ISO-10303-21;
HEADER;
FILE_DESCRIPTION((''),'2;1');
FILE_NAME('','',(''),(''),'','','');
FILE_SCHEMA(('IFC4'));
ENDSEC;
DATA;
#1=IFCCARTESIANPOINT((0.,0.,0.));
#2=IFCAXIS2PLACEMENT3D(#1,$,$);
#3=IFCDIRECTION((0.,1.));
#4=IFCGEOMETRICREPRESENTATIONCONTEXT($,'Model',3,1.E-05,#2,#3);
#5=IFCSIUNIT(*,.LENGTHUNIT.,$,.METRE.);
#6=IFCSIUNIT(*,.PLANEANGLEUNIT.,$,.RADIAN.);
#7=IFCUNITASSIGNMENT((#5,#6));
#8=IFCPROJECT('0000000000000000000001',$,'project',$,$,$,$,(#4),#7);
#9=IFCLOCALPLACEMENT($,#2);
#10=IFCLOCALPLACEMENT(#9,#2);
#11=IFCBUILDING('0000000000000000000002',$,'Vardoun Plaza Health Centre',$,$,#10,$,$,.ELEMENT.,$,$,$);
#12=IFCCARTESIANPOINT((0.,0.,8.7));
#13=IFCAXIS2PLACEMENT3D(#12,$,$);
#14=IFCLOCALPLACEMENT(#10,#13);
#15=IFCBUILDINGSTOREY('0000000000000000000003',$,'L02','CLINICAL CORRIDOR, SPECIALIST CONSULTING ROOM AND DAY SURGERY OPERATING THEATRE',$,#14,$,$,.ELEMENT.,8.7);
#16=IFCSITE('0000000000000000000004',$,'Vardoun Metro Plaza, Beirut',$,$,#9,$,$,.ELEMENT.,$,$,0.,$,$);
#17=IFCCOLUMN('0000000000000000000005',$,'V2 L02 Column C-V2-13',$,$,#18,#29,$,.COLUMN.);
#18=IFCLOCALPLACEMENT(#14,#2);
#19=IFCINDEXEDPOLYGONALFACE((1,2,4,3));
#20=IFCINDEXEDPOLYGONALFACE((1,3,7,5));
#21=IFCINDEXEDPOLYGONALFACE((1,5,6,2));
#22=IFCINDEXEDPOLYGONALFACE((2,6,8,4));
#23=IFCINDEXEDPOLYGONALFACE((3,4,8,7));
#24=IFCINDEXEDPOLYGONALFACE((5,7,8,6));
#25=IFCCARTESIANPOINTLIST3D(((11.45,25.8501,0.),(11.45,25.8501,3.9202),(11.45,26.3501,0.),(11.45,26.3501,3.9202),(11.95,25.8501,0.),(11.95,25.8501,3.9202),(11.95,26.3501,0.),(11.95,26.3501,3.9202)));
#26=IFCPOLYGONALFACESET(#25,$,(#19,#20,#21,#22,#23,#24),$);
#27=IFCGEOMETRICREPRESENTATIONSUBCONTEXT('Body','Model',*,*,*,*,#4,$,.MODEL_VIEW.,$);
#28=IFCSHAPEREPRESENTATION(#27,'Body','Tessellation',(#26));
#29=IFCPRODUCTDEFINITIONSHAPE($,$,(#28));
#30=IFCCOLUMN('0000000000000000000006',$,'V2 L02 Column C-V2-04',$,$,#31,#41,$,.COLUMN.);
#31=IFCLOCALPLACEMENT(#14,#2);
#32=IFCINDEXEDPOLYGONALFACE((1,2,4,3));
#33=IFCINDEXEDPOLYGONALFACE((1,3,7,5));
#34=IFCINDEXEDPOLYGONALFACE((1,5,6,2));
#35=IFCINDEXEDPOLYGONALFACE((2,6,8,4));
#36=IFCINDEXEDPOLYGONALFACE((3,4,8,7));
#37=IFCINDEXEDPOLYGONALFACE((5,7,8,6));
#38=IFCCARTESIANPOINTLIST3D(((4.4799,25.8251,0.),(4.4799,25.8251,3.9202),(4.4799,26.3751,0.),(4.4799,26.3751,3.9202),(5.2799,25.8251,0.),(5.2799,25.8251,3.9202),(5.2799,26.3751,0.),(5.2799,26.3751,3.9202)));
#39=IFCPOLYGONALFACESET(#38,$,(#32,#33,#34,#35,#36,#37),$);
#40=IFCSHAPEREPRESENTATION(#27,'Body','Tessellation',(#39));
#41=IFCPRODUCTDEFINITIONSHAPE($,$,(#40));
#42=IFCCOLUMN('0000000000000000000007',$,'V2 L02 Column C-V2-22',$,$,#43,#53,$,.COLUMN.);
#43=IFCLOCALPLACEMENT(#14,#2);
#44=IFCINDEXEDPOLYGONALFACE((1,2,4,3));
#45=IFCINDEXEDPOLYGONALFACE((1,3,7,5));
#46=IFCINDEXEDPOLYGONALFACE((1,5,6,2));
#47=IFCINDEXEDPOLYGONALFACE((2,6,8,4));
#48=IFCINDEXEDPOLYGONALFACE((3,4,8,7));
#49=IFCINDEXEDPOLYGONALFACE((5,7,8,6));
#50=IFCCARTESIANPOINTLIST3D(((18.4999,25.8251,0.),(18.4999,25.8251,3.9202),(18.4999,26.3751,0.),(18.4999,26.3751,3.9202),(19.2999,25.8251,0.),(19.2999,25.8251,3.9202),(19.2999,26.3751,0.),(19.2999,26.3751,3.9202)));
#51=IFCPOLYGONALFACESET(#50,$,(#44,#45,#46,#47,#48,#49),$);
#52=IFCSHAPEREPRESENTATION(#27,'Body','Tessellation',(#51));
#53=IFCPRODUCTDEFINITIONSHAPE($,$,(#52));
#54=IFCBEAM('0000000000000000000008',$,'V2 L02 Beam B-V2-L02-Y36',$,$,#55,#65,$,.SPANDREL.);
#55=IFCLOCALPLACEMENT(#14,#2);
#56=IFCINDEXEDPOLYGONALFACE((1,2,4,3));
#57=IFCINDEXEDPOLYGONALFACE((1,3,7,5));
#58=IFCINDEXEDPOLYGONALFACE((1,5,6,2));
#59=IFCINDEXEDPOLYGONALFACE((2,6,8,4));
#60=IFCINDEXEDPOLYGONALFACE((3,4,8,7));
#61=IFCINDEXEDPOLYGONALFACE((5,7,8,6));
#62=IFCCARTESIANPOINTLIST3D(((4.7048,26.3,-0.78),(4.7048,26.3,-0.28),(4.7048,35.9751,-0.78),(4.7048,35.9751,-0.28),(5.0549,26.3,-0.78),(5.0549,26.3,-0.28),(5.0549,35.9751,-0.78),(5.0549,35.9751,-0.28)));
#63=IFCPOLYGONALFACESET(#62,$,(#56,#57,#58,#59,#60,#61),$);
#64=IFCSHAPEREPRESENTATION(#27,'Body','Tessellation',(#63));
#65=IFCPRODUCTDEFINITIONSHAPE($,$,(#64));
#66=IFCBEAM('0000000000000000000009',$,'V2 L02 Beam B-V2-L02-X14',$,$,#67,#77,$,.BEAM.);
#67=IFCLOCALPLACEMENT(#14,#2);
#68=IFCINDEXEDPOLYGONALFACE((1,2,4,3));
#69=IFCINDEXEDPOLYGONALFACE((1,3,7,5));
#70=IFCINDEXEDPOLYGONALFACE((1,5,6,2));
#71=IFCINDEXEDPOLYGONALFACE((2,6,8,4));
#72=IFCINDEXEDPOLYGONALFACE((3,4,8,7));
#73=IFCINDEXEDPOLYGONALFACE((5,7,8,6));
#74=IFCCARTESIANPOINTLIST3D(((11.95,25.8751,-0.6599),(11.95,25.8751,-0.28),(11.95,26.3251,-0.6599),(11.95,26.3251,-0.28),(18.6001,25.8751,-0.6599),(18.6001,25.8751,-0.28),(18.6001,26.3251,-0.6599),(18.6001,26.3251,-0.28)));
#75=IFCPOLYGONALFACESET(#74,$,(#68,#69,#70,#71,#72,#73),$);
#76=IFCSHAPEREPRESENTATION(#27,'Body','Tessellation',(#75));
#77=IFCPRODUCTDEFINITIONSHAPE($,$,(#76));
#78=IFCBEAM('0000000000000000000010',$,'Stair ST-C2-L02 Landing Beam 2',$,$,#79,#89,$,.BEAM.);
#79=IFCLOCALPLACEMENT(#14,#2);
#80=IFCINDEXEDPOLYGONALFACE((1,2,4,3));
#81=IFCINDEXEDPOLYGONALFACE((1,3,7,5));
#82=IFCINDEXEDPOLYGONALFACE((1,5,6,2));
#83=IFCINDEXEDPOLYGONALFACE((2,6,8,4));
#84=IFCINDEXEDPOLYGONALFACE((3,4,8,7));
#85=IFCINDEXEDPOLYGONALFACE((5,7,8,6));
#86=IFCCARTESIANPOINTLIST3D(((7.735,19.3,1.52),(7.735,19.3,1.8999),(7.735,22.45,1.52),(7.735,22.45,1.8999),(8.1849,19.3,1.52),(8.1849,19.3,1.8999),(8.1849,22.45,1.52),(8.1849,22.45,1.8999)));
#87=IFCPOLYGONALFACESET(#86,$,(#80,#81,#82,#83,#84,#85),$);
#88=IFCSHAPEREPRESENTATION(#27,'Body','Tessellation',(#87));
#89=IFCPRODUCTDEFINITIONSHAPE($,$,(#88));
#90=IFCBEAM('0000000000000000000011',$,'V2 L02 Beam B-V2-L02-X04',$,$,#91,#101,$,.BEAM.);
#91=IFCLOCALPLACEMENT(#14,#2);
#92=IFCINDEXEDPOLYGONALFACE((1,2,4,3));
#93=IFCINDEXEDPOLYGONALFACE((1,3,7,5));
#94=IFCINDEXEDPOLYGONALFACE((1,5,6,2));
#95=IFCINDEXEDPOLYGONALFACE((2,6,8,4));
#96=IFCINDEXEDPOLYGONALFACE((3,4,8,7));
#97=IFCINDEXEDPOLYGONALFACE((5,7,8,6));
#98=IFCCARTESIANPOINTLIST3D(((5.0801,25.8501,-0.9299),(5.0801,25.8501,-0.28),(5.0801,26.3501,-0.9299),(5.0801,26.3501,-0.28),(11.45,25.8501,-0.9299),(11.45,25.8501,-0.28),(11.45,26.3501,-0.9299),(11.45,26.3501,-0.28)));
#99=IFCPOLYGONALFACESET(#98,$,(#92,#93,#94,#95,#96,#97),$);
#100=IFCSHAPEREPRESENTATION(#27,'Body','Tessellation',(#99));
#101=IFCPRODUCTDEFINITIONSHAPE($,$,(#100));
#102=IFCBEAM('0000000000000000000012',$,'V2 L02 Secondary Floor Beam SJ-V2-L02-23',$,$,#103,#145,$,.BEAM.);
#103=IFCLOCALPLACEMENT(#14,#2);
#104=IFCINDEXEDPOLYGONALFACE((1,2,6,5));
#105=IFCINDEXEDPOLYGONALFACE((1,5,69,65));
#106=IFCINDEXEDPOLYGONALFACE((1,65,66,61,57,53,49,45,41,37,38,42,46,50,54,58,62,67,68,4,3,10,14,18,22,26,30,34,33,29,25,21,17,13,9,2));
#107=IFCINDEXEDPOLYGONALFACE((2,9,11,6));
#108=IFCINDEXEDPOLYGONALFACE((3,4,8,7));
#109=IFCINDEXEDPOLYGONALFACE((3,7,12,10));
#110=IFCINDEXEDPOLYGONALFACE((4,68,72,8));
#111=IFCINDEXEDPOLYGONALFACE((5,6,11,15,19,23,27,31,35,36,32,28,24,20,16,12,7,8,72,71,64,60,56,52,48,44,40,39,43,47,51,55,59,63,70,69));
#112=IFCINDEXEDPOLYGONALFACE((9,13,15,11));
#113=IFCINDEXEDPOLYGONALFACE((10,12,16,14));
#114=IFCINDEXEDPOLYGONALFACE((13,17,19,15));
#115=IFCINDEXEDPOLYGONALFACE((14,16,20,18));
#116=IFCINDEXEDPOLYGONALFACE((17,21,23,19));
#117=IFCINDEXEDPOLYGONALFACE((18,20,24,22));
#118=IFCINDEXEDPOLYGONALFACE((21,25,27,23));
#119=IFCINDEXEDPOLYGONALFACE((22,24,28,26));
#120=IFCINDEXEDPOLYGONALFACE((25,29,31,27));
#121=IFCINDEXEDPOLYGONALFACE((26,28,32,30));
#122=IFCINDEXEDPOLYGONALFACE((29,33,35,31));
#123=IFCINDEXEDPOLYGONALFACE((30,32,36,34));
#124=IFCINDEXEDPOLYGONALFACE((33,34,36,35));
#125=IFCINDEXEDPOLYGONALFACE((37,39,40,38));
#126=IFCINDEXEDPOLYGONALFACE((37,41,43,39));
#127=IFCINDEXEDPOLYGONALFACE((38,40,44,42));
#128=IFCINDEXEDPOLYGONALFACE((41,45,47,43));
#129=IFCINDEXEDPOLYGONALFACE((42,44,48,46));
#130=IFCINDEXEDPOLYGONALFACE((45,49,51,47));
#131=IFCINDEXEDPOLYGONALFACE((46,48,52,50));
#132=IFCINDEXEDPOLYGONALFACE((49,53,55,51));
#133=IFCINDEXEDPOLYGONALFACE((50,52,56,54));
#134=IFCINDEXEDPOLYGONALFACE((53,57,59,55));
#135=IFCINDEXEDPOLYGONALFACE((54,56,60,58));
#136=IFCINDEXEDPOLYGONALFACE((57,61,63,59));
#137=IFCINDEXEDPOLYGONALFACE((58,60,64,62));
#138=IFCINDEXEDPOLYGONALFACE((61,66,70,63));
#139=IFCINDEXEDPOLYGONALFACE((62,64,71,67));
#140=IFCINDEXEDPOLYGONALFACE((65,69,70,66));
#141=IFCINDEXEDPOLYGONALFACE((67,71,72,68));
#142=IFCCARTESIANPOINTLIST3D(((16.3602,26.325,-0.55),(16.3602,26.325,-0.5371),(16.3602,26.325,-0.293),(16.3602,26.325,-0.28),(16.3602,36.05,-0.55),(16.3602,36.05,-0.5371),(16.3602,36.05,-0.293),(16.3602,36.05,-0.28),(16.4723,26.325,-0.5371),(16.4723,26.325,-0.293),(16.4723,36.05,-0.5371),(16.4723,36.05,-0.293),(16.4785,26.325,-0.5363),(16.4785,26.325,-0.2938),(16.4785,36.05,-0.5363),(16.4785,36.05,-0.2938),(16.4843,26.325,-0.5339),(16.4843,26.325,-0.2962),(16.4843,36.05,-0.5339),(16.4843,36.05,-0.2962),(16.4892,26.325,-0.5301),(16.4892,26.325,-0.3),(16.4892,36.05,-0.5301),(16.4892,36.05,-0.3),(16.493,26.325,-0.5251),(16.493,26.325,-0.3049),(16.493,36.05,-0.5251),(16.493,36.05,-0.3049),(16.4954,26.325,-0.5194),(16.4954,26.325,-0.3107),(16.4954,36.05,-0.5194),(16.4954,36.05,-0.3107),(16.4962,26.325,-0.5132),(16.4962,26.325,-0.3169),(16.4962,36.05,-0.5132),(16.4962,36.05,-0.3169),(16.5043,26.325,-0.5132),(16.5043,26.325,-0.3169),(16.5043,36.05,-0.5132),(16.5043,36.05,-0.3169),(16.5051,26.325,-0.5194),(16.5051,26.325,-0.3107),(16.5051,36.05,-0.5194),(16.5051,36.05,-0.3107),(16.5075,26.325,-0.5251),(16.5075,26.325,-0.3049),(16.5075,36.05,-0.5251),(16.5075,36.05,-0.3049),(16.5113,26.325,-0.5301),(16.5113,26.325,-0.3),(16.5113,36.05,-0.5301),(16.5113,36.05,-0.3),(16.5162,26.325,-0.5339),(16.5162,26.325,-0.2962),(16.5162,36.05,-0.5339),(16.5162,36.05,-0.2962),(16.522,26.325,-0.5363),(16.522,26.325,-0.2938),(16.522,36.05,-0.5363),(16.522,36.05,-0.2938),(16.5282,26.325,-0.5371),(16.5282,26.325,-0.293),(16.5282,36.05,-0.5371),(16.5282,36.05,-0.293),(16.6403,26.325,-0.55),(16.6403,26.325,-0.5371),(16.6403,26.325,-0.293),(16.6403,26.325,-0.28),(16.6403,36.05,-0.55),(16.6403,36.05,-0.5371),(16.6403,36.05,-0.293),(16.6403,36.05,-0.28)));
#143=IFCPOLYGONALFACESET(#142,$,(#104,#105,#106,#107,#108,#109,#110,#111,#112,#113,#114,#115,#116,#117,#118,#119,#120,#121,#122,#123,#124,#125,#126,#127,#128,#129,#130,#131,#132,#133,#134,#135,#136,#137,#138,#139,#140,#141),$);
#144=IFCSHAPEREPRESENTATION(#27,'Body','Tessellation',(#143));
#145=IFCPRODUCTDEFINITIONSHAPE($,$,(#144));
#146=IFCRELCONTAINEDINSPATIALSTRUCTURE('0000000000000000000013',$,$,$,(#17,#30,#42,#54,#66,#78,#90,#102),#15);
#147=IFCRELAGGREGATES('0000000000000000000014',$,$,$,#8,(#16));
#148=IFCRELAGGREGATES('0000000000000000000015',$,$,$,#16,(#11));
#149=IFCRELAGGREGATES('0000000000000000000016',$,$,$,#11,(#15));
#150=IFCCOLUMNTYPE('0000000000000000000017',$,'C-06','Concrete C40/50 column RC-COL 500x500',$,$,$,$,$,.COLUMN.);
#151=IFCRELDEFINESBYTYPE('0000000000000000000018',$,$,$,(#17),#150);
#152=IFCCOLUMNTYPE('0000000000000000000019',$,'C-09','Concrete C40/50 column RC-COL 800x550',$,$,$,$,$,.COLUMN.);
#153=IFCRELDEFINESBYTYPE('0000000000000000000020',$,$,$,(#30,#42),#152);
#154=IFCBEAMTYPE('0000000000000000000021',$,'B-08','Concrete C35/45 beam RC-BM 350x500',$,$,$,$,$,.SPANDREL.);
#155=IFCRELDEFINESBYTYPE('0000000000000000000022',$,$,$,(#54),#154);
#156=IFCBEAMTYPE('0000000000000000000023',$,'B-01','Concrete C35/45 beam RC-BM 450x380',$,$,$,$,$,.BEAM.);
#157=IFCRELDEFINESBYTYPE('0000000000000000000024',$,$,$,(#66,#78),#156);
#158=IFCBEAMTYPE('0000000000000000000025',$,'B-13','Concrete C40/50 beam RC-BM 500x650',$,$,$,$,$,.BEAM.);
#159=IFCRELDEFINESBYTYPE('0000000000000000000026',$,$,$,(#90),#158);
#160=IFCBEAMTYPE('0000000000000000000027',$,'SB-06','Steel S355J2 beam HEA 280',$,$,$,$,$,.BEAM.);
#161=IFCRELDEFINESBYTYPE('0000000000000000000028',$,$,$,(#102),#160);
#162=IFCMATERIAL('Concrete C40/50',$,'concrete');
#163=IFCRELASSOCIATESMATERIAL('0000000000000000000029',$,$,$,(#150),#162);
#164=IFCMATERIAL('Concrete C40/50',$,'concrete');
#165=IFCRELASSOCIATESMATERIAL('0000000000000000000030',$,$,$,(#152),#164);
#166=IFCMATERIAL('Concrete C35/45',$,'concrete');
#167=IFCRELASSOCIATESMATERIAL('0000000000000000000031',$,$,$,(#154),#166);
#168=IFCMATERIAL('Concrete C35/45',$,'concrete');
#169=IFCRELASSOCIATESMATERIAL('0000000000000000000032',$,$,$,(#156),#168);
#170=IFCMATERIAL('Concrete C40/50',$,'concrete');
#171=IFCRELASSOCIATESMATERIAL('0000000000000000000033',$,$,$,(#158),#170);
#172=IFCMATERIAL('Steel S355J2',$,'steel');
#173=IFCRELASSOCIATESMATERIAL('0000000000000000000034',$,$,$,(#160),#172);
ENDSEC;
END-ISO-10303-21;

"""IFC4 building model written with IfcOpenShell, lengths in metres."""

from ifc_helpers import new_model, si_unit, direction, frame, origin, origin_2d, place, context, subcontext, project, spatial, rectangle, i_section, extrude, material, material_profile, profile_set, type_object, element, save


model = new_model("IFC4")

# Units and contexts
model_context = context("Model", 3, precision=1e-05, world=origin(), true_north=direction((0.0, 1.0)))
body_context = subcontext(model_context, "Body", "Model", "MODEL_VIEW")
ifc_project = project(units=[si_unit("LENGTHUNIT", "METRE"), si_unit("PLANEANGLEUNIT", "RADIAN")], contexts=[model_context])

# Site, building, storey
site_placement = place(None, origin())
site = spatial("IfcSite", under=ifc_project, at=site_placement, Name="Vardoun Metro Plaza, Beirut", CompositionType="ELEMENT", RefElevation=0.0)
building_placement = place(site_placement, origin())
building = spatial("IfcBuilding", under=site, at=building_placement, Name="Vardoun Plaza Health Centre", CompositionType="ELEMENT")
storey_placement = place(building_placement, frame((0.0, 0.0, 8.7)))
storey = spatial("IfcBuildingStorey", under=building, at=storey_placement, Name="L02", Description="CLINICAL CORRIDOR, SPECIALIST CONSULTING ROOM AND DAY SURGERY OPERATING THEATRE", CompositionType="ELEMENT", Elevation=8.7)

# Columns
ifc_material_1 = material(Name="Concrete C40/50", Category="concrete")
ifc_material_profile_1 = material_profile(ifc_material_1, rectangle(XDim=0.5, YDim=0.5, at=origin_2d()), Name="RC-COL 500x500")
ifc_profile_set_1 = profile_set([ifc_material_profile_1], Name="Concrete C40/50")
column_type_1 = type_object("IfcColumnType", Name="C-06", Description="Concrete C40/50 column RC-COL 500x500", PredefinedType="COLUMN", material=ifc_profile_set_1)
column_placement = place(storey_placement, frame((11.7, 26.1001, 0.0), z_axis=(0.0, 0.0, 1.0), x_axis=(1.0, 0.0, 0.0)))
element("IfcColumn", 1, at=column_placement, inside=storey, type_object=column_type_1, Name="V2 L02 Column C-V2-13", PredefinedType="COLUMN", context=body_context, shape_type="SweptSolid", body=[
    extrude(rectangle(XDim=0.5, YDim=0.5, at=origin_2d()), origin(), (0.0, 0.0, 1.0), 3.9202),
])
ifc_material_2 = material(Name="Concrete C40/50", Category="concrete")
ifc_material_profile_2 = material_profile(ifc_material_2, rectangle(XDim=0.8, YDim=0.55, at=origin_2d()), Name="RC-COL 800x550")
ifc_profile_set_2 = profile_set([ifc_material_profile_2], Name="Concrete C40/50")
column_type_2 = type_object("IfcColumnType", Name="C-09", Description="Concrete C40/50 column RC-COL 800x550", PredefinedType="COLUMN", material=ifc_profile_set_2)
for number, where, z_axis, x_axis, name in (
    (2, (4.8799, 26.1001, 0.0), (0.0, 0.0, 1.0), (1.0, 0.0, 0.0), "V2 L02 Column C-V2-04"),
    (3, (18.8999, 26.1001, 0.0), (0.0, 0.0, 1.0), (1.0, 0.0, 0.0), "V2 L02 Column C-V2-22"),
):
    element("IfcColumn", number, at=place(storey_placement, frame(where, z_axis=z_axis, x_axis=x_axis)), inside=storey, type_object=column_type_2, Name=name, PredefinedType="COLUMN", context=body_context, shape_type="SweptSolid", body=[
        extrude(rectangle(XDim=0.8, YDim=0.55, at=origin_2d()), origin(), (0.0, 0.0, 1.0), 3.9202),
    ])

# Beams
ifc_material_3 = material(Name="Concrete C35/45", Category="concrete")
ifc_material_profile_3 = material_profile(ifc_material_3, rectangle(XDim=0.3501, YDim=0.5, at=origin_2d()), Name="RC-BM 350x500")
ifc_profile_set_3 = profile_set([ifc_material_profile_3], Name="Concrete C35/45")
beam_type_1 = type_object("IfcBeamType", Name="B-08", Description="Concrete C35/45 beam RC-BM 350x500", PredefinedType="SPANDREL", material=ifc_profile_set_3)
beam_1_placement = place(storey_placement, frame((4.8799, 26.3, -0.53), z_axis=(0.0, 1.0, 0.0), x_axis=(-1.0, 0.0, 0.0)))
element("IfcBeam", 4, at=beam_1_placement, inside=storey, type_object=beam_type_1, Name="V2 L02 Beam B-V2-L02-Y36", PredefinedType="SPANDREL", context=body_context, shape_type="SweptSolid", body=[
    extrude(rectangle(XDim=0.3501, YDim=0.5, at=origin_2d()), origin(), (0.0, 0.0, 1.0), 9.675),
])
ifc_material_4 = material(Name="Concrete C35/45", Category="concrete")
ifc_material_profile_4 = material_profile(ifc_material_4, rectangle(XDim=0.45, YDim=0.3799, at=origin_2d()), Name="RC-BM 450x380")
ifc_profile_set_4 = profile_set([ifc_material_profile_4], Name="Concrete C35/45")
beam_type_2 = type_object("IfcBeamType", Name="B-01", Description="Concrete C35/45 beam RC-BM 450x380", PredefinedType="BEAM", material=ifc_profile_set_4)
beam_2_placement = place(storey_placement, frame((11.95, 26.1001, -0.47), z_axis=(1.0, 0.0, 0.0), x_axis=(0.0, 1.0, 0.0)))
element("IfcBeam", 5, at=beam_2_placement, inside=storey, type_object=beam_type_2, Name="V2 L02 Beam B-V2-L02-X14", PredefinedType="BEAM", context=body_context, shape_type="SweptSolid", body=[
    extrude(rectangle(XDim=0.45, YDim=0.3799, at=origin_2d()), origin(), (0.0, 0.0, 1.0), 6.6501),
])
beam_3_placement = place(storey_placement, frame((7.96, 19.3, 1.71), z_axis=(0.0, 1.0, 0.0), x_axis=(-1.0, 0.0, 0.0)))
element("IfcBeam", 6, at=beam_3_placement, inside=storey, type_object=beam_type_2, Name="Stair ST-C2-L02 Landing Beam 2", PredefinedType="BEAM", context=body_context, shape_type="SweptSolid", body=[
    extrude(rectangle(XDim=0.45, YDim=0.3799, at=origin_2d()), origin(), (0.0, 0.0, 1.0), 3.1499),
])
ifc_material_5 = material(Name="Concrete C40/50", Category="concrete")
ifc_material_profile_5 = material_profile(ifc_material_5, rectangle(XDim=0.5, YDim=0.6499, at=origin_2d()), Name="RC-BM 500x650")
ifc_profile_set_5 = profile_set([ifc_material_profile_5], Name="Concrete C40/50")
beam_type_3 = type_object("IfcBeamType", Name="B-13", Description="Concrete C40/50 beam RC-BM 500x650", PredefinedType="BEAM", material=ifc_profile_set_5)
beam_4_placement = place(storey_placement, frame((5.0801, 26.1001, -0.605), z_axis=(1.0, 0.0, 0.0), x_axis=(0.0, 1.0, 0.0)))
element("IfcBeam", 7, at=beam_4_placement, inside=storey, type_object=beam_type_3, Name="V2 L02 Beam B-V2-L02-X04", PredefinedType="BEAM", context=body_context, shape_type="SweptSolid", body=[
    extrude(rectangle(XDim=0.5, YDim=0.6499, at=origin_2d()), origin(), (0.0, 0.0, 1.0), 6.3699),
])
ifc_material_6 = material(Name="Steel S355J2", Category="steel")
ifc_material_profile_6 = material_profile(ifc_material_6, i_section(OverallWidth=0.28, OverallDepth=0.27, WebThickness=0.0081, FlangeThickness=0.0129, FilletRadius=0.0239, at=origin_2d()), Name="HEA 280")
ifc_profile_set_6 = profile_set([ifc_material_profile_6], Name="Steel S355J2")
beam_type_4 = type_object("IfcBeamType", Name="SB-06", Description="Steel S355J2 beam HEA 280", PredefinedType="BEAM", material=ifc_profile_set_6)
beam_5_placement = place(storey_placement, frame((16.5002, 26.325, -0.415), z_axis=(0.0, 1.0, 0.0), x_axis=(-1.0, 0.0, 0.0)))
element("IfcBeam", 8, at=beam_5_placement, inside=storey, type_object=beam_type_4, Name="V2 L02 Secondary Floor Beam SJ-V2-L02-23", PredefinedType="BEAM", context=body_context, shape_type="SweptSolid", body=[
    extrude(i_section(OverallWidth=0.28, OverallDepth=0.27, WebThickness=0.0081, FlangeThickness=0.0129, FilletRadius=0.0239, at=origin_2d()), origin(), (0.0, 0.0, 1.0), 9.7251),
])

save(model, "model.ifc")
